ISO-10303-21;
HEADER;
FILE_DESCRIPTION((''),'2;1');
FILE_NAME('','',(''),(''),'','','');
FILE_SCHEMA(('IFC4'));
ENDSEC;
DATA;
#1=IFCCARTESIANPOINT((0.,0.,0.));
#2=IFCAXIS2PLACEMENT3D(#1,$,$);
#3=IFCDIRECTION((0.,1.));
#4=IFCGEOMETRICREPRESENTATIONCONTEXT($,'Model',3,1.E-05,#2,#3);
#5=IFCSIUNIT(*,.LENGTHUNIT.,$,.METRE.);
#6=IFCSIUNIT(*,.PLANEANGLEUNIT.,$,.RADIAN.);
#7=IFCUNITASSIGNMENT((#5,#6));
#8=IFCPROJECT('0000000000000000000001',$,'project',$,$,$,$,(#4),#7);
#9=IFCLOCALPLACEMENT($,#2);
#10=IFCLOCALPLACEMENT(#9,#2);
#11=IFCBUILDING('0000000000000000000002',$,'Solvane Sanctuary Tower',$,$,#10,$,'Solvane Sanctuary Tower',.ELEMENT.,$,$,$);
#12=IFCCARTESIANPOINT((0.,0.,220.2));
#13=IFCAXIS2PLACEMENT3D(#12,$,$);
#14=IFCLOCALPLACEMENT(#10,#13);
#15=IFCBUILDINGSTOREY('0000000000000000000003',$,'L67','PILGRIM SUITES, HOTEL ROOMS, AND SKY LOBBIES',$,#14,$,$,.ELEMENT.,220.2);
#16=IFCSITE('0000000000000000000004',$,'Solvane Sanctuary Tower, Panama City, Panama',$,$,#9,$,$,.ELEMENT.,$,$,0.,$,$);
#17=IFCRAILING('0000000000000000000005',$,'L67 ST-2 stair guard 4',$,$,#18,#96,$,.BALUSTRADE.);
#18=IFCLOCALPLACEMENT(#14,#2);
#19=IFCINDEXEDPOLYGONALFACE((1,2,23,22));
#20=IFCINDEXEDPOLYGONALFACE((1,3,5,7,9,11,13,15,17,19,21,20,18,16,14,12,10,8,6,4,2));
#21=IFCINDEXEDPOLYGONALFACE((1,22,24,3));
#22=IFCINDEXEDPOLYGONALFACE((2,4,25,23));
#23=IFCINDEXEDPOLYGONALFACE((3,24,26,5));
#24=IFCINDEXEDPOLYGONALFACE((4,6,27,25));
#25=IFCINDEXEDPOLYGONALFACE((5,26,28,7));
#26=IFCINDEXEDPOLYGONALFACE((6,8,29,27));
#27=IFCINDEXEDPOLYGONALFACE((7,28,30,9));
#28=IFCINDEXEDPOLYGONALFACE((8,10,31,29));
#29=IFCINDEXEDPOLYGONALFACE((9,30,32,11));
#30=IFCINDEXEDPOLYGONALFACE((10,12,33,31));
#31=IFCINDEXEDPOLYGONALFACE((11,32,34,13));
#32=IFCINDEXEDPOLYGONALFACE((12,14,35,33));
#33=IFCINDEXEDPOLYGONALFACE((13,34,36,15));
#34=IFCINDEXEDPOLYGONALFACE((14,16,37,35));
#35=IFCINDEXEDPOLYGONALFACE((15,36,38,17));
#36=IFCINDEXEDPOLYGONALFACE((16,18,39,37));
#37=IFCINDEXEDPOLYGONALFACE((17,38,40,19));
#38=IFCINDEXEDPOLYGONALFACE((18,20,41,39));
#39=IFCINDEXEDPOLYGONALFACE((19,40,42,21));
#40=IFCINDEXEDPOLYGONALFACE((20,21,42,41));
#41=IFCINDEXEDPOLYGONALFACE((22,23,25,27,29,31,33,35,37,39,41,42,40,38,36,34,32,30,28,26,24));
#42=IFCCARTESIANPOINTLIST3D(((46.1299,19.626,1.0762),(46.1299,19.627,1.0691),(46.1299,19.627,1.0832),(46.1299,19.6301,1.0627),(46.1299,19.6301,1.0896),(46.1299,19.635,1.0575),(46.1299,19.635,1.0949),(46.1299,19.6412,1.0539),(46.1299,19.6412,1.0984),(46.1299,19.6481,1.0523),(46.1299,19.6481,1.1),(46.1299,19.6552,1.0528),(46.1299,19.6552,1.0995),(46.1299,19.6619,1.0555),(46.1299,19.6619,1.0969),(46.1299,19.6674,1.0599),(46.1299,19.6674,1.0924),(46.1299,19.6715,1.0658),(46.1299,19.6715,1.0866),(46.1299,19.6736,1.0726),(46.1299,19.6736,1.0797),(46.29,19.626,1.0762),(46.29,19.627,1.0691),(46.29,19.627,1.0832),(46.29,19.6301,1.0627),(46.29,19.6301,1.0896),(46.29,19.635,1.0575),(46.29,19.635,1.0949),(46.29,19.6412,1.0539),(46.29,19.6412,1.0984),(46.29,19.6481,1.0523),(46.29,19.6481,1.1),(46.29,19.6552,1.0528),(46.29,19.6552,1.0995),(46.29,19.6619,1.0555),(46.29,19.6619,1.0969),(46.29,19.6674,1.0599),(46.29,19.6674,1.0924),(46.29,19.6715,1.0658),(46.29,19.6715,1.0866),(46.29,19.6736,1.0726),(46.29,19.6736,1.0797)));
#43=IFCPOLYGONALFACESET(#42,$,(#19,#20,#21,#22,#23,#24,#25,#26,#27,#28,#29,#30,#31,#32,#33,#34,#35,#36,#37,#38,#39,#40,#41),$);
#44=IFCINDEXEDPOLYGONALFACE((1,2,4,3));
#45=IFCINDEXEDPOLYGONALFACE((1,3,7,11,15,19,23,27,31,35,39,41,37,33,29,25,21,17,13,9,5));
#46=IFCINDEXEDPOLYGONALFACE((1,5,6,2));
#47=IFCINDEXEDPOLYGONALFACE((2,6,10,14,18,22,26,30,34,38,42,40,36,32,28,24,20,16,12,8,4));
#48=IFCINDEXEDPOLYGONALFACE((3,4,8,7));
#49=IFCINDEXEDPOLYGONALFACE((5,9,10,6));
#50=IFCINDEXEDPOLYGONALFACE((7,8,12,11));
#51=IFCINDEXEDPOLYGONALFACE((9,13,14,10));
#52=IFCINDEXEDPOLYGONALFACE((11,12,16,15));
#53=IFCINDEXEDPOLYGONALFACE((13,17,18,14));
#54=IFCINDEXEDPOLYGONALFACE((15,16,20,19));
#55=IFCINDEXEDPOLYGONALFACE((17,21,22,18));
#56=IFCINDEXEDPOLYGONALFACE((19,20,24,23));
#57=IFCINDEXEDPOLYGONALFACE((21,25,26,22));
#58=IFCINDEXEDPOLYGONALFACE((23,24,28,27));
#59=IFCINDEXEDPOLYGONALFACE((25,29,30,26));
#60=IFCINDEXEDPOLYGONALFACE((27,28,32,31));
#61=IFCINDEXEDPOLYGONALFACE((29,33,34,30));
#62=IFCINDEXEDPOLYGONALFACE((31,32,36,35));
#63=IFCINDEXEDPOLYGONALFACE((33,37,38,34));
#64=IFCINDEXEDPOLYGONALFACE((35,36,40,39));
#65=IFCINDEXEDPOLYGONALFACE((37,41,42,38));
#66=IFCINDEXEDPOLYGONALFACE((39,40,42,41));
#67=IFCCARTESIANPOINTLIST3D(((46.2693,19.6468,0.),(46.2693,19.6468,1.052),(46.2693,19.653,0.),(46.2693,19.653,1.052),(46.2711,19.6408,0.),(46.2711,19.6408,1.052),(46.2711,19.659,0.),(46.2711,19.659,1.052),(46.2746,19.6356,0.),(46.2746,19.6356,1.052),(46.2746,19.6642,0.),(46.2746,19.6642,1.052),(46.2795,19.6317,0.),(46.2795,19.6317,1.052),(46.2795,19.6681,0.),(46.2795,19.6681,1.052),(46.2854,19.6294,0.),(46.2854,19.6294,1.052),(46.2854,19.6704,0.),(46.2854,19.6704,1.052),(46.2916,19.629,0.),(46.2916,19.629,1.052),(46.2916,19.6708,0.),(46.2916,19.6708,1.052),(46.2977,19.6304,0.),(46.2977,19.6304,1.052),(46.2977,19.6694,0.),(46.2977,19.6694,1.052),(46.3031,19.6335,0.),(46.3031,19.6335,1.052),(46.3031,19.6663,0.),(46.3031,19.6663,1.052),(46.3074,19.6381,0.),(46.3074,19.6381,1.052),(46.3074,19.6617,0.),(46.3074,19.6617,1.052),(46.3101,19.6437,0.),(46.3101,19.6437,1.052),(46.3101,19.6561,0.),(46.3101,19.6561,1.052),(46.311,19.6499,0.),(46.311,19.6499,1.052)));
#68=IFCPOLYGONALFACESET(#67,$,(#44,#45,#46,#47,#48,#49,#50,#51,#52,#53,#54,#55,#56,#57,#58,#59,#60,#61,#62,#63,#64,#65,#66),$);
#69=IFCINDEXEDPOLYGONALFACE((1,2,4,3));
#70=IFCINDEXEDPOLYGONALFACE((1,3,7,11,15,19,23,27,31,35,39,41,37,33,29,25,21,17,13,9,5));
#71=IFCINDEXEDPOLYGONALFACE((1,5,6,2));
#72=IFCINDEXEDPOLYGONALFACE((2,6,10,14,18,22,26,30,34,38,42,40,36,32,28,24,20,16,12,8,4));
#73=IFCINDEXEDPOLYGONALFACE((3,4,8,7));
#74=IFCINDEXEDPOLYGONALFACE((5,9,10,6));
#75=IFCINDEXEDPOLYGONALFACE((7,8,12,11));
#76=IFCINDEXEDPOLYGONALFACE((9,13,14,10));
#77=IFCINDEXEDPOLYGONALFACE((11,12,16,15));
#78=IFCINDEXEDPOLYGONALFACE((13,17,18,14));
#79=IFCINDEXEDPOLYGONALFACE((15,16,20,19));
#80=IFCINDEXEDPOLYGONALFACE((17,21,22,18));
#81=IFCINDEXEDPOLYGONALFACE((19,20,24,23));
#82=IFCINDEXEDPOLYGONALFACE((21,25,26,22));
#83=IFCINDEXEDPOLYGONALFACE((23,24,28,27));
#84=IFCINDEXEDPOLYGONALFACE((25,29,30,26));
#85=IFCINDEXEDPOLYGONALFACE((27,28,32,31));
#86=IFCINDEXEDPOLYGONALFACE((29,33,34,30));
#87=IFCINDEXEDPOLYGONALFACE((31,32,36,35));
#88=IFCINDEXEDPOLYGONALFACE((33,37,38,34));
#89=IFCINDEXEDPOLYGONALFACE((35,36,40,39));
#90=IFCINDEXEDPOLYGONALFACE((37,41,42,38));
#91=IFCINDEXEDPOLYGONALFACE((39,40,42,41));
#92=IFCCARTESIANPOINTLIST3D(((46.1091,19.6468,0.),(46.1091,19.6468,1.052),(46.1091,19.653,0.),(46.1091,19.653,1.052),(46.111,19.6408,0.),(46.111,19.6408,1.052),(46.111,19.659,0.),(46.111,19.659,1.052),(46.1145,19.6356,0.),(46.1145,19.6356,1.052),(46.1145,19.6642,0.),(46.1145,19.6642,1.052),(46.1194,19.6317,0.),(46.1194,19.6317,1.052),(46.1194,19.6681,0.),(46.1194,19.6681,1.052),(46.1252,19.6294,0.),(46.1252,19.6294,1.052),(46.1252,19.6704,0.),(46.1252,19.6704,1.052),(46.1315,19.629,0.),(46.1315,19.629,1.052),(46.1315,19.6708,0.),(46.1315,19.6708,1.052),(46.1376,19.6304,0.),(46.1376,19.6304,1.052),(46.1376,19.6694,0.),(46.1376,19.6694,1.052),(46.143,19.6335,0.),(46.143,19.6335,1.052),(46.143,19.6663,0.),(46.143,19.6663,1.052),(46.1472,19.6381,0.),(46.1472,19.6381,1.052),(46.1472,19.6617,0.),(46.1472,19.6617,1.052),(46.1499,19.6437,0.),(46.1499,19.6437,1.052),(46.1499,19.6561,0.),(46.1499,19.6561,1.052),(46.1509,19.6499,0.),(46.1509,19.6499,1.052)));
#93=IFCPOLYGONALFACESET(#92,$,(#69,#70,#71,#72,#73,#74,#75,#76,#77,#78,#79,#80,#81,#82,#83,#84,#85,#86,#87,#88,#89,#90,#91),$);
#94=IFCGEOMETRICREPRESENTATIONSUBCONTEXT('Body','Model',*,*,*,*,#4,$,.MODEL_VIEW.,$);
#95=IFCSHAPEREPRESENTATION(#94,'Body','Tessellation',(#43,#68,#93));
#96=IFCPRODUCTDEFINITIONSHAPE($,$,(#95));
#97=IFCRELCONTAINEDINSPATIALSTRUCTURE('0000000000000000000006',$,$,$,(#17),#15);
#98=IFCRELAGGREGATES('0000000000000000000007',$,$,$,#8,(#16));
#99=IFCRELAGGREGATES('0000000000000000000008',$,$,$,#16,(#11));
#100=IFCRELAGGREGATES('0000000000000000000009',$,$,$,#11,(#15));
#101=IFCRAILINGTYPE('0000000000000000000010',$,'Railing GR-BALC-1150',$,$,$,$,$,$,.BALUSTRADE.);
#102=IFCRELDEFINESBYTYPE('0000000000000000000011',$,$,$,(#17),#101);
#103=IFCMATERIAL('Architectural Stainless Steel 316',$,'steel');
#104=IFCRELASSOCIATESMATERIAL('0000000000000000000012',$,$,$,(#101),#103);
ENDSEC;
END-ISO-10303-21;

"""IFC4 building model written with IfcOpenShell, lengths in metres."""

from ifc_helpers import new_model, si_unit, direction, frame, origin, origin_2d, place, context, subcontext, project, spatial, circle, extrude, material, type_object, element, save


model = new_model("IFC4")

# Units and contexts
model_context = context("Model", 3, precision=1e-05, world=origin(), true_north=direction((0.0, 1.0)))
body_context = subcontext(model_context, "Body", "Model", "MODEL_VIEW")
ifc_project = project(units=[si_unit("LENGTHUNIT", "METRE"), si_unit("PLANEANGLEUNIT", "RADIAN")], contexts=[model_context])

# Site, building, storey
site_placement = place(None, origin())
site = spatial("IfcSite", under=ifc_project, at=site_placement, Name="Solvane Sanctuary Tower, Panama City, Panama", CompositionType="ELEMENT", RefElevation=0.0)
building_placement = place(site_placement, origin())
building = spatial("IfcBuilding", under=site, at=building_placement, Name="Solvane Sanctuary Tower", LongName="Solvane Sanctuary Tower", CompositionType="ELEMENT")
storey_placement = place(building_placement, frame((0.0, 0.0, 220.2)))
storey = spatial("IfcBuildingStorey", under=building, at=storey_placement, Name="L67", Description="PILGRIM SUITES, HOTEL ROOMS, AND SKY LOBBIES", CompositionType="ELEMENT", Elevation=220.2)

# Shared definitions
ifc_material_1 = material(Name="Architectural Stainless Steel 316", Category="steel")

# Railing
railing_type_1 = type_object("IfcRailingType", Name="Railing GR-BALC-1150", PredefinedType="BALUSTRADE", material=ifc_material_1)
railing_1_placement = place(storey_placement, frame((46.29, 19.6499, 0.0)))
element("IfcRailing", 1, at=railing_1_placement, inside=storey, type_object=railing_type_1, Name="L67 ST-2 stair guard 4", PredefinedType="BALUSTRADE", context=body_context, shape_type="SweptSolid", body=[
    extrude(circle(Radius=0.0239, at=origin_2d()), frame((0.0, 0.0, 1.0762), z_axis=(-1.0, 0.0, 0.0), x_axis=(0.0, -1.0, 0.0)), (0.0, 0.0, 1.0), 0.1602),
    extrude(circle(Radius=0.021, at=origin_2d()), origin(), (0.0, 0.0, 1.0), 1.052),
    extrude(circle(Radius=0.021, at=origin_2d()), frame((-0.1602, 0.0, 0.0)), (0.0, 0.0, 1.0), 1.052),
])

save(model, "model.ifc")
